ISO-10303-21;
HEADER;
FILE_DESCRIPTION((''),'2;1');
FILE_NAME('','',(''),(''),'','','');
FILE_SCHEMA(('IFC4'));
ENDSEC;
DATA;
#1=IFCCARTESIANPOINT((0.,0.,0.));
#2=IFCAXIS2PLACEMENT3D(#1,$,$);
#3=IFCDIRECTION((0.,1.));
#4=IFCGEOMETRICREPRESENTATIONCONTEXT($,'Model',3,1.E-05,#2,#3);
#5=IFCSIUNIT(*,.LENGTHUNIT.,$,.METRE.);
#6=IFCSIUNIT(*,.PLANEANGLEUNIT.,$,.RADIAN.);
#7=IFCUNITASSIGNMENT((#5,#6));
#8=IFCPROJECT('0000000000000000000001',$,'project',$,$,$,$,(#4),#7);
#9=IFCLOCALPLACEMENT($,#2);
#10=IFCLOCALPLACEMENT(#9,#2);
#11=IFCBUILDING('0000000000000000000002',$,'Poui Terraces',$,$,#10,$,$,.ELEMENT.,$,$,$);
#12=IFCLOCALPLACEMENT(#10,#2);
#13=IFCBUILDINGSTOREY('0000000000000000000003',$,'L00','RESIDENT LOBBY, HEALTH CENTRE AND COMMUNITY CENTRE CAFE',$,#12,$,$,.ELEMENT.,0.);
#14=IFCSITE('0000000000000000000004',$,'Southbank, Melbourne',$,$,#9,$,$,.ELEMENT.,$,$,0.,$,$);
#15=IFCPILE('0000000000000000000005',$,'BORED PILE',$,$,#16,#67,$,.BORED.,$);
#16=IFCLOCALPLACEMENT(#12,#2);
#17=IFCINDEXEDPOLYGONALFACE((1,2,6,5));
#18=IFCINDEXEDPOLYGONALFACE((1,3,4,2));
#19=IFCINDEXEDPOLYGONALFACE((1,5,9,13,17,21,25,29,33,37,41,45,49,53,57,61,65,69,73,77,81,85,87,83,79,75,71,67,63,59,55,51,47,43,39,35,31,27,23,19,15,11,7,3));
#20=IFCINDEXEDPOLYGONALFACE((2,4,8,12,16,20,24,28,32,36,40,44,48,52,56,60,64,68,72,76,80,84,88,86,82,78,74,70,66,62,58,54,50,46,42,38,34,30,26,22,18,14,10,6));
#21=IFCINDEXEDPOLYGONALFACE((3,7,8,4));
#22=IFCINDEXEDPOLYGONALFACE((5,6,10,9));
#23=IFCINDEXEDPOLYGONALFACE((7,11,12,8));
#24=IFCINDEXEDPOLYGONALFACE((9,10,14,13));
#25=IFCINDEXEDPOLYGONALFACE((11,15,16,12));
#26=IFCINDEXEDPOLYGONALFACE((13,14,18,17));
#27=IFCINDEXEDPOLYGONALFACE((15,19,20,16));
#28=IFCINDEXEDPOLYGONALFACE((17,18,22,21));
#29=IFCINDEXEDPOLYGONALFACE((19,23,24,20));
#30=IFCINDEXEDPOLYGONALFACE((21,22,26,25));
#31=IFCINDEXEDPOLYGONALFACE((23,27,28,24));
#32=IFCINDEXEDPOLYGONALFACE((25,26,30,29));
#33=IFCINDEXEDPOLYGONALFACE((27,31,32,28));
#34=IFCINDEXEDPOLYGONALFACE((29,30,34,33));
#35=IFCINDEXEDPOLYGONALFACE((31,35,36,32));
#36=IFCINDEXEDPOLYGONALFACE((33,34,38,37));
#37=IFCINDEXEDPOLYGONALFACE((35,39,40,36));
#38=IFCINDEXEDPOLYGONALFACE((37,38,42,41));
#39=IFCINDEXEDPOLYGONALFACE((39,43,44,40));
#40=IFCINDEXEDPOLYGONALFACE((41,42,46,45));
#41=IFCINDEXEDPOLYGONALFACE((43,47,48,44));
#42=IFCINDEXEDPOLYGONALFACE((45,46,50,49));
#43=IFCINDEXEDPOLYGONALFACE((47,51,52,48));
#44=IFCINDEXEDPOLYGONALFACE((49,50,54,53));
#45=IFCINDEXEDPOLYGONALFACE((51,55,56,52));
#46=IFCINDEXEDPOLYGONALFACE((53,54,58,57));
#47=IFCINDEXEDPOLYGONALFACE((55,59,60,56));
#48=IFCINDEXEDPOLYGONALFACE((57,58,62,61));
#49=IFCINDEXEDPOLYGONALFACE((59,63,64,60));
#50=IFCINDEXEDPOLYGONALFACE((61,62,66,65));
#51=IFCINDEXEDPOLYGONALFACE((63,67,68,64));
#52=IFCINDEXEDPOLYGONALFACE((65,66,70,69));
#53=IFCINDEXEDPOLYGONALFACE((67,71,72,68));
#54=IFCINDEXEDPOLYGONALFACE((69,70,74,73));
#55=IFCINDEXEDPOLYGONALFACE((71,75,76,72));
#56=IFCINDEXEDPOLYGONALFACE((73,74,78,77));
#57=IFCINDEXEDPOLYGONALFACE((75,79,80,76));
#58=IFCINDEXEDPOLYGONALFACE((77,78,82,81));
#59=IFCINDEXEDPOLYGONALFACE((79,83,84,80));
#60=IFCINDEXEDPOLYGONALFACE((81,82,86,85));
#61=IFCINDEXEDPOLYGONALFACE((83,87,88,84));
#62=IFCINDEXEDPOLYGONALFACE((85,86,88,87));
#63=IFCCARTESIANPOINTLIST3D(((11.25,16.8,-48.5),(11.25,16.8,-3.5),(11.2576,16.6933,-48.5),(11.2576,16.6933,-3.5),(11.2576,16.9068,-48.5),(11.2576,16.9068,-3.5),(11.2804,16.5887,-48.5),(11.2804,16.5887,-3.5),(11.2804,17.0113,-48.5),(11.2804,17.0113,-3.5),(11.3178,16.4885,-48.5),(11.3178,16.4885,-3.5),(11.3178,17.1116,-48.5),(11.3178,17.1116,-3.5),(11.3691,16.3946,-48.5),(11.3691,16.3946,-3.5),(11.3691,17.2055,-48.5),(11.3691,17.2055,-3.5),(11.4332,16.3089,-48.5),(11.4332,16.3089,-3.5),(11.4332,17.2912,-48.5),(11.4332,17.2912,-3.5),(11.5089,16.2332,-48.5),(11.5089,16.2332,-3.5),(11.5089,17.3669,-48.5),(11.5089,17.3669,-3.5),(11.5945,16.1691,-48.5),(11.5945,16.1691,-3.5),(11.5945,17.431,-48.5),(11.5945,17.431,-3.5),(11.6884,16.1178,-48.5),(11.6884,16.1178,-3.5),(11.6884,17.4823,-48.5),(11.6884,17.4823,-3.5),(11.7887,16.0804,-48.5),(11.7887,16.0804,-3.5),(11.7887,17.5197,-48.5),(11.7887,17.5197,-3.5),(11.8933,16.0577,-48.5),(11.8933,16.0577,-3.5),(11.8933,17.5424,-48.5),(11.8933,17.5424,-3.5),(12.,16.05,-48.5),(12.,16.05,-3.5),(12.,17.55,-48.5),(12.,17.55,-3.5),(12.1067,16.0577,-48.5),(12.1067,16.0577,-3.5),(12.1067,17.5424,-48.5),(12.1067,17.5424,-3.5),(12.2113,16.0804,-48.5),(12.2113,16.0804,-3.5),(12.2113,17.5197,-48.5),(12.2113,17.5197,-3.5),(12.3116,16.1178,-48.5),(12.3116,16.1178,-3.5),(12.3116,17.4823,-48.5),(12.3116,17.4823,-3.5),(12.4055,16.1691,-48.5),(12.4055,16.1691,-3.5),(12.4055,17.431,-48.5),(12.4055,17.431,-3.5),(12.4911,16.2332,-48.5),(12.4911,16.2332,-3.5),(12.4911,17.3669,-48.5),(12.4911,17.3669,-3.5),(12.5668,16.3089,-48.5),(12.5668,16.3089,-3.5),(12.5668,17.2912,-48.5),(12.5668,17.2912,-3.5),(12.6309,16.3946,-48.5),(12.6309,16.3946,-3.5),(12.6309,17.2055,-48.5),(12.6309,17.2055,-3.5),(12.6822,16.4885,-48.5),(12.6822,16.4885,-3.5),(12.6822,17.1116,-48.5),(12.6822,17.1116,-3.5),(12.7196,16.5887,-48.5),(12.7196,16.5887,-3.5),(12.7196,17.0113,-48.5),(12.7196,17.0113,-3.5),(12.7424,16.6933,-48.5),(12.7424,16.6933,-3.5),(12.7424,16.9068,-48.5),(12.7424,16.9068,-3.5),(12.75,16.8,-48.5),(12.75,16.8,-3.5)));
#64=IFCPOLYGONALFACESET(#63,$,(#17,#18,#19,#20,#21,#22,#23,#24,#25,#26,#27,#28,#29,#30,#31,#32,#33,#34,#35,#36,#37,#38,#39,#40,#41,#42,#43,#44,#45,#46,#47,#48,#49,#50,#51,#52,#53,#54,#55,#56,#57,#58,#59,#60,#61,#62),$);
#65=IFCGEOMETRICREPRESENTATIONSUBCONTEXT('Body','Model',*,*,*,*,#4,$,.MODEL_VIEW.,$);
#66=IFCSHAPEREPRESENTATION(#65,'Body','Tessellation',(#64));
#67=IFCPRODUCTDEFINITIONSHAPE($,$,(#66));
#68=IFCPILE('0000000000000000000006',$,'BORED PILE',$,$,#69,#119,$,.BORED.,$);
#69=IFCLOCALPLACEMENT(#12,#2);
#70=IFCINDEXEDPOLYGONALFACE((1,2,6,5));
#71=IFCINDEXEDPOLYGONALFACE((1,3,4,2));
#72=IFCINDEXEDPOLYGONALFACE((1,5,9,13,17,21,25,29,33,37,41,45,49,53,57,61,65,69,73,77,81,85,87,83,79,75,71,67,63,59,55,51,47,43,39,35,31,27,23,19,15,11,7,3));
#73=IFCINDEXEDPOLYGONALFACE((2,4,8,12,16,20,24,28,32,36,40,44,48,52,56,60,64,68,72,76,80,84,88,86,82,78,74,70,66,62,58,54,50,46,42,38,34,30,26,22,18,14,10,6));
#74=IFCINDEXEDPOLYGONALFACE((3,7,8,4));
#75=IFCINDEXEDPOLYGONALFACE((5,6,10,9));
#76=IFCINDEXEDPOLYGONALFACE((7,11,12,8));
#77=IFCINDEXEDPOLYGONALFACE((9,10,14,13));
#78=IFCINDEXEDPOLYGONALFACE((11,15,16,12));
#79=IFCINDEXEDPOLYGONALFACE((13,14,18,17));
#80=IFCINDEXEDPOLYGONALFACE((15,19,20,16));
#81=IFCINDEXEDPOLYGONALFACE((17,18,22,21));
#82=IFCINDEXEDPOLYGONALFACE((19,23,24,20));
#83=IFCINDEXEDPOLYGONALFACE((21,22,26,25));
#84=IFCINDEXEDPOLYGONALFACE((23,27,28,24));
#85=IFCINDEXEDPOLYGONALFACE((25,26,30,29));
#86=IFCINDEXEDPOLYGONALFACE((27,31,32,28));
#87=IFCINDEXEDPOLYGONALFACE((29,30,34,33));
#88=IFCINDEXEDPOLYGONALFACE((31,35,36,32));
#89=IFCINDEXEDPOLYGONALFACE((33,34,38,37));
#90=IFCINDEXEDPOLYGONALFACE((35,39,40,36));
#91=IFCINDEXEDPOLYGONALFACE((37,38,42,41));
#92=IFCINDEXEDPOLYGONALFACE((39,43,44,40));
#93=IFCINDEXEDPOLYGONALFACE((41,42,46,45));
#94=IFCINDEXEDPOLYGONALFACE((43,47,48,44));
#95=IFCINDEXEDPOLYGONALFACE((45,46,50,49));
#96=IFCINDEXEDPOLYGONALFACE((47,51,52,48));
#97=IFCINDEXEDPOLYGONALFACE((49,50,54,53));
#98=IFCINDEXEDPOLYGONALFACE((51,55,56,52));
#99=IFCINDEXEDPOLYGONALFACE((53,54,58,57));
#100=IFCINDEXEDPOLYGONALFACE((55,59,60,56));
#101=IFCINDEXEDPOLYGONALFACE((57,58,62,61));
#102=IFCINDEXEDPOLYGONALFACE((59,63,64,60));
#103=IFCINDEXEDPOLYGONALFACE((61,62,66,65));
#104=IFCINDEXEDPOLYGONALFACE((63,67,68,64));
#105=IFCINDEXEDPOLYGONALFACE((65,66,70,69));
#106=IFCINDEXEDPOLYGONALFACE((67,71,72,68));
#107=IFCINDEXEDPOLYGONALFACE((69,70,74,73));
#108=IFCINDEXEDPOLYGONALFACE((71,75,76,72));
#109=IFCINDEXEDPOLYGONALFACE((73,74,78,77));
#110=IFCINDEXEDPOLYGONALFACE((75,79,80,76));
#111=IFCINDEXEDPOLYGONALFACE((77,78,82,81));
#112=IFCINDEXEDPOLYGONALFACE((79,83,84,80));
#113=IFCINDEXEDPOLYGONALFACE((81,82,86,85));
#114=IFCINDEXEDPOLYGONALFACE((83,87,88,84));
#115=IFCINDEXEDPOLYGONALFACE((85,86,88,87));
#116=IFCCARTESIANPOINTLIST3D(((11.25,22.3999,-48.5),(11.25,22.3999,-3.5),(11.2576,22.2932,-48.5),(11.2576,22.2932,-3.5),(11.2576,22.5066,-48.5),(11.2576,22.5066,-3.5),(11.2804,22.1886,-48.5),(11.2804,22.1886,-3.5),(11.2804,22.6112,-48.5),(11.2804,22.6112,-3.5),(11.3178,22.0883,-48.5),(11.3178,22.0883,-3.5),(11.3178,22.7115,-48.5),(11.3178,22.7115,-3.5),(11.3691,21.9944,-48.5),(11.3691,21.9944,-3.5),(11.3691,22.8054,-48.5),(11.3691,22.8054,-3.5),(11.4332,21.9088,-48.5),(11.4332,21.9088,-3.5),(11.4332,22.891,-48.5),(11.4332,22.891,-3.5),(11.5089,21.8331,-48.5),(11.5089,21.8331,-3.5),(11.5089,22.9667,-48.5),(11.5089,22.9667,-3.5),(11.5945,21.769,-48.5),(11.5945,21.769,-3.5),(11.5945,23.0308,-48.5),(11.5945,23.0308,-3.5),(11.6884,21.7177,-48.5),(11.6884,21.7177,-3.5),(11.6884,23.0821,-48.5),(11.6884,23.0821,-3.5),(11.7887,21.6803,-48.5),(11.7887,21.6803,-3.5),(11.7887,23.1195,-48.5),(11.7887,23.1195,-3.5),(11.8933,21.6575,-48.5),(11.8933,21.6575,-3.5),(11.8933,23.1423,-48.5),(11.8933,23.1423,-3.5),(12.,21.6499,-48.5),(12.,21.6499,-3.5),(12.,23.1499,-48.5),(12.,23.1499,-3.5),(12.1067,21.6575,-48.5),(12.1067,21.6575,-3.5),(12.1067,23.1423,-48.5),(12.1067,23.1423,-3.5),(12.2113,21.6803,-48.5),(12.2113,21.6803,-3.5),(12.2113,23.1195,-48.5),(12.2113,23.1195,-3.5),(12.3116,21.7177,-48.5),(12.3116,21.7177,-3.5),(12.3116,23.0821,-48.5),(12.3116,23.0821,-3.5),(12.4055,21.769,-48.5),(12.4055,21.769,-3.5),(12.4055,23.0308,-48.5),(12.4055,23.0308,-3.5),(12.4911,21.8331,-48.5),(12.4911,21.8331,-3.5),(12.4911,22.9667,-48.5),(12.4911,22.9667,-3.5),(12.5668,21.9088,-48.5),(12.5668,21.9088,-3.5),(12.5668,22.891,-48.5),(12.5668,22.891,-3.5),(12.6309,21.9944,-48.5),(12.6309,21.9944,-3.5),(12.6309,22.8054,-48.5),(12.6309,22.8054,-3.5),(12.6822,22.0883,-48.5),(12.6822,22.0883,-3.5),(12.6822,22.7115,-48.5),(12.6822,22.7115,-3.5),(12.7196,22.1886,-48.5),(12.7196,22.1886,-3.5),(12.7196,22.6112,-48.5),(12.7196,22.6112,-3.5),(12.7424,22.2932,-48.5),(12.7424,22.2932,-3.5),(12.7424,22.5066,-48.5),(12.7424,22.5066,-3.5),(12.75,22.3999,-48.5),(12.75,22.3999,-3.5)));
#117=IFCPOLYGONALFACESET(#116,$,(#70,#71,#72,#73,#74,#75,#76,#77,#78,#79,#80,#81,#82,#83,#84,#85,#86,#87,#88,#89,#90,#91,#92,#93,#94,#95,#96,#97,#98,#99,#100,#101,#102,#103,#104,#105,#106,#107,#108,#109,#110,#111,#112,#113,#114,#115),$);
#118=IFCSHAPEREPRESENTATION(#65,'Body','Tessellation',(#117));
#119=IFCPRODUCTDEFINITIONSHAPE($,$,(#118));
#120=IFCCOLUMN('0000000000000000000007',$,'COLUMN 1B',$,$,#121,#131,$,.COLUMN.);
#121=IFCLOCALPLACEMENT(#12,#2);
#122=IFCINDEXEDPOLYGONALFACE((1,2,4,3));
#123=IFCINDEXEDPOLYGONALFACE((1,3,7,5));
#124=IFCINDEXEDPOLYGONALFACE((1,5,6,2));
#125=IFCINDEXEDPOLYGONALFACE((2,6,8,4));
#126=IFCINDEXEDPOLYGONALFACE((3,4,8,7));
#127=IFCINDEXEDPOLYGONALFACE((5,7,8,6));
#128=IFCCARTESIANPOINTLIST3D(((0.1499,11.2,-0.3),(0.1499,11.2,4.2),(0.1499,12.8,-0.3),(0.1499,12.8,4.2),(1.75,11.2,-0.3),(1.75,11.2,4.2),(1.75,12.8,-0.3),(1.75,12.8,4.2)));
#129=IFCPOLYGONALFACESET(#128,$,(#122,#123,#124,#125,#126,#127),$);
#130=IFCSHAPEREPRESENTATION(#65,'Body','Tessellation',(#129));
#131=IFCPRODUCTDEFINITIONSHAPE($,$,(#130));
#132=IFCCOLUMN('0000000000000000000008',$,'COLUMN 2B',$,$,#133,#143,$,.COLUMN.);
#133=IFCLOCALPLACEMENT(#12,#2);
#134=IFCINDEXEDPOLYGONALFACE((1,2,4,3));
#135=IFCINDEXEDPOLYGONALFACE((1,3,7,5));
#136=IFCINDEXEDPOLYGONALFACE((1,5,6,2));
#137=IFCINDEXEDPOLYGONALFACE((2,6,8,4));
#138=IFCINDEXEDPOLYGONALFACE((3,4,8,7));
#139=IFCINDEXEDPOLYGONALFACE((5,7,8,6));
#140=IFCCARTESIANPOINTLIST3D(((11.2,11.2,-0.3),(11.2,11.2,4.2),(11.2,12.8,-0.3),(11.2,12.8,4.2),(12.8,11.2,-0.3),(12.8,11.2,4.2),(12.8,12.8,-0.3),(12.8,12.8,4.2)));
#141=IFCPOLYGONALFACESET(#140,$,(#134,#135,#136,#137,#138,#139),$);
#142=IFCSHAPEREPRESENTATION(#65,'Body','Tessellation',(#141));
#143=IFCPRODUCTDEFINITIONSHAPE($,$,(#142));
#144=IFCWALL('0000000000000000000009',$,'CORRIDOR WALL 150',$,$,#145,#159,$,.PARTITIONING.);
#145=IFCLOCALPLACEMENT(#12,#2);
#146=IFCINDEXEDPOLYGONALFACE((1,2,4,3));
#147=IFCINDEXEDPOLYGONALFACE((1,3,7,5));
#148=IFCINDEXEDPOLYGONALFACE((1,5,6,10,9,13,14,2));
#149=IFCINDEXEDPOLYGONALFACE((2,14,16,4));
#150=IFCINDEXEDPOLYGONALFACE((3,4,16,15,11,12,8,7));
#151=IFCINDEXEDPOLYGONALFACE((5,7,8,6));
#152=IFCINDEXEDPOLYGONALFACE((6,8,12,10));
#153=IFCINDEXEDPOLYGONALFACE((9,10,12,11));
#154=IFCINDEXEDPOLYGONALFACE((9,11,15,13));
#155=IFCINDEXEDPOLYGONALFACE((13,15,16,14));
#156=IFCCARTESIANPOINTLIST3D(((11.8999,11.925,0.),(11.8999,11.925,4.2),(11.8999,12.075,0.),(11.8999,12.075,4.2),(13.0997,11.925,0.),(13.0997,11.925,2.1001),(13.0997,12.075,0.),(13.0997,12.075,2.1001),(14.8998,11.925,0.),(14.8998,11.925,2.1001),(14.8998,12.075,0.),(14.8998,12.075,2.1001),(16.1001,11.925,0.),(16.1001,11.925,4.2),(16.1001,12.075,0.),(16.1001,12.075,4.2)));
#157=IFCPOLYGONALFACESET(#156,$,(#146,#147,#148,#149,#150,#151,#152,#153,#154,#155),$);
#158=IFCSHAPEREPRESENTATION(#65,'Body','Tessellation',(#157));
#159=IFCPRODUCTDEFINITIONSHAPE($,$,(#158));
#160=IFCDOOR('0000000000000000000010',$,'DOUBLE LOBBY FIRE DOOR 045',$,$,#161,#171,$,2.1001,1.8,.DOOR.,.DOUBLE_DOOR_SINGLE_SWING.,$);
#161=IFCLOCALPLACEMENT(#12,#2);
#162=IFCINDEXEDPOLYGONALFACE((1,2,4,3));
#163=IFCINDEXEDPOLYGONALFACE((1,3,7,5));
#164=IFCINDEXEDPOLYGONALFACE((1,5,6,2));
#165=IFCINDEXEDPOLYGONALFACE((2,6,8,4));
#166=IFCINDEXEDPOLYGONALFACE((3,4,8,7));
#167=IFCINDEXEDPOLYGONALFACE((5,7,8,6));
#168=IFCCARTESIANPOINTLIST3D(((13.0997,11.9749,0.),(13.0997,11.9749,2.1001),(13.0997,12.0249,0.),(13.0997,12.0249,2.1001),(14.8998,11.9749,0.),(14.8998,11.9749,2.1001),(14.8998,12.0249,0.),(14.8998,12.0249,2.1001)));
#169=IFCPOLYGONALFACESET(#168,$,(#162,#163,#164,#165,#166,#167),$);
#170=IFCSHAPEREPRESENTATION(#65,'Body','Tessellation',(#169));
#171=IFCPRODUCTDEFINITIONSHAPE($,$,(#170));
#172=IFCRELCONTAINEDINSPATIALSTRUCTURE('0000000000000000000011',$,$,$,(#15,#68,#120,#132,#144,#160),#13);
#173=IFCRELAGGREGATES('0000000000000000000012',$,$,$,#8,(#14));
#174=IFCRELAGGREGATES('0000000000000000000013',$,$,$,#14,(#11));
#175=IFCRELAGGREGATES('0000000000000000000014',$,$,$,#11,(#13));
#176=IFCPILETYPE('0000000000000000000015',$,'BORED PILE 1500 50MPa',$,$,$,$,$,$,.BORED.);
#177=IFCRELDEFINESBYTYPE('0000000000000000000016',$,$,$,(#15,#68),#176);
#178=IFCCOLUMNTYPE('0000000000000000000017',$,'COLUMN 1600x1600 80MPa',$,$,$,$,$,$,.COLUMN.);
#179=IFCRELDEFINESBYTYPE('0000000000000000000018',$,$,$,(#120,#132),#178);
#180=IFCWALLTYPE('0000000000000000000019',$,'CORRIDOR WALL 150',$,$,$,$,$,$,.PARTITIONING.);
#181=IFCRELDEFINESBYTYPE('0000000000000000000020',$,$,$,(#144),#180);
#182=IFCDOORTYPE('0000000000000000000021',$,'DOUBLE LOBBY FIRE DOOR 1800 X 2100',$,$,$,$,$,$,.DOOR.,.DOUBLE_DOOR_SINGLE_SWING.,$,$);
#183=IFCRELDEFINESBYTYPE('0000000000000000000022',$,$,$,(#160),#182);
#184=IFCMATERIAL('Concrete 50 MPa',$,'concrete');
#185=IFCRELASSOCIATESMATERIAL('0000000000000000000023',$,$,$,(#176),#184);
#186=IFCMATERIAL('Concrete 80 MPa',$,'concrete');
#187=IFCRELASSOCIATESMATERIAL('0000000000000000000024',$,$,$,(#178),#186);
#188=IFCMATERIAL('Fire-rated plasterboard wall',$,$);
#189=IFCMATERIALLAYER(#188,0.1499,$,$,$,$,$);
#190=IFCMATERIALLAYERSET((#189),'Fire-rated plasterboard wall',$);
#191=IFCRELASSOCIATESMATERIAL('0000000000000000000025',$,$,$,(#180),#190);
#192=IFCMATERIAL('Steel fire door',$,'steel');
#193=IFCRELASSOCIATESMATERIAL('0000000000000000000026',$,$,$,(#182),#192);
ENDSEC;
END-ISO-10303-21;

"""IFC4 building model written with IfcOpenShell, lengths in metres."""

from ifc_helpers import new_model, si_unit, direction, frame, frame_2d, origin, origin_2d, place, context, subcontext, project, spatial, rectangle, circle, extrude, source, transform, mapped, material, layer, layer_set, material_profile, profile_set, type_object, element, fill, save


model = new_model("IFC4")

# Units and contexts
model_context = context("Model", 3, precision=1e-05, world=origin(), true_north=direction((0.0, 1.0)))
body_context = subcontext(model_context, "Body", "Model", "MODEL_VIEW")
ifc_project = project(units=[si_unit("LENGTHUNIT", "METRE"), si_unit("PLANEANGLEUNIT", "RADIAN")], contexts=[model_context])

# Site, building, storey
site_placement = place(None, origin())
site = spatial("IfcSite", under=ifc_project, at=site_placement, Name="Southbank, Melbourne", CompositionType="ELEMENT", RefElevation=0.0)
building_placement = place(site_placement, origin())
building = spatial("IfcBuilding", under=site, at=building_placement, Name="Poui Terraces", CompositionType="ELEMENT")
storey_placement = place(building_placement, origin())
storey = spatial("IfcBuildingStorey", under=building, at=storey_placement, Name="L00", Description="RESIDENT LOBBY, HEALTH CENTRE AND COMMUNITY CENTRE CAFE", CompositionType="ELEMENT", Elevation=0.0)

# Piles
ifc_material_1 = material(Name="Concrete 50 MPa", Category="concrete")
ifc_material_profile_1 = material_profile(ifc_material_1, circle(Radius=0.75, at=origin_2d()), Name="RC D1500")
ifc_profile_set_1 = profile_set([ifc_material_profile_1], Name="Concrete 50 MPa")
pile_type = type_object("IfcPileType", Name="BORED PILE 1500 50MPa", PredefinedType="BORED", material=ifc_profile_set_1)
for number, where, z_axis, x_axis, name in (
    (1, (12.0, 16.8, -3.5), (0.0, 0.0, -1.0), (1.0, 0.0, 0.0), "BORED PILE"),
    (2, (12.0, 22.3999, -3.5), (0.0, 0.0, -1.0), (1.0, 0.0, 0.0), "BORED PILE"),
):
    element("IfcPile", number, at=place(storey_placement, frame(where, z_axis=z_axis, x_axis=x_axis)), inside=storey, type_object=pile_type, Name=name, PredefinedType="BORED", context=body_context, shape_type="SweptSolid", body=[
        extrude(circle(Radius=0.75, at=origin_2d()), origin(), (0.0, 0.0, 1.0), 45.0),
    ])

# Columns
ifc_material_2 = material(Name="Concrete 80 MPa", Category="concrete")
ifc_material_profile_2 = material_profile(ifc_material_2, rectangle(XDim=1.6001, YDim=1.6001, at=origin_2d()), Name="RC 1600x1600")
ifc_profile_set_2 = profile_set([ifc_material_profile_2], Name="Concrete 80 MPa")
column_type = type_object("IfcColumnType", Name="COLUMN 1600x1600 80MPa", PredefinedType="COLUMN", material=ifc_profile_set_2)
shared_shape = source(origin(), body_context, "Body", "SweptSolid", [
    extrude(rectangle(XDim=1.6001, YDim=1.6001, at=origin_2d()), origin(), (0.0, 0.0, 1.0), 4.5),
])
for number, where, z_axis, x_axis, name in (
    (3, (0.95, 12.0, -0.3), (0.0, 0.0, 1.0), (1.0, 0.0, 0.0), "COLUMN 1B"),
    (4, (12.0, 12.0, -0.3), (0.0, 0.0, 1.0), (1.0, 0.0, 0.0), "COLUMN 2B"),
):
    element("IfcColumn", number, at=place(storey_placement, frame(where, z_axis=z_axis, x_axis=x_axis)), inside=storey, type_object=column_type, Name=name, PredefinedType="COLUMN", context=body_context, shape_type="MappedRepresentation", body=[
        mapped(shared_shape, transform((0.0, 0.0, 0.0))),
    ])

# Wall, opening, door
ifc_material_3 = material(Name="Fire-rated plasterboard wall")
ifc_layer_1 = layer(ifc_material_3, 0.1499)
ifc_layer_set_1 = layer_set([ifc_layer_1], Name="Fire-rated plasterboard wall")
wall_type_1 = type_object("IfcWallType", Name="CORRIDOR WALL 150", PredefinedType="PARTITIONING", material=ifc_layer_set_1)
wall_1_placement = place(storey_placement, frame((11.8999, 12.0, 0.0), z_axis=(0.0, 0.0, 1.0), x_axis=(1.0, 0.0, 0.0)))
wall_1 = element("IfcWall", 5, at=wall_1_placement, inside=storey, type_object=wall_type_1, Name="CORRIDOR WALL 150", PredefinedType="PARTITIONING", context=body_context, shape_type="SweptSolid", body=[
    extrude(rectangle(XDim=4.2002, YDim=0.1499, at=frame_2d((2.1001, 0.0))), origin(), (0.0, 0.0, 1.0), 4.2),
])
opening_1_placement = place(wall_1_placement, frame((1.2, 0.0, 0.0)))
opening_1 = element("IfcOpeningElement", 6, at=opening_1_placement, cuts=wall_1, PredefinedType="OPENING", context=body_context, shape_type="SweptSolid", body=[
    extrude(rectangle(XDim=1.8, YDim=2.1001, at=frame_2d((0.8999, 1.05))), frame((0.0, 0.085, 0.0), z_axis=(0.0, -1.0, 0.0), x_axis=(1.0, 0.0, 0.0)), (0.0, 0.0, 1.0), 0.1699),
])
ifc_material_4 = material(Name="Steel fire door", Category="steel")
door_type_1 = type_object("IfcDoorType", Name="DOUBLE LOBBY FIRE DOOR 1800 X 2100", OperationType="DOUBLE_DOOR_SINGLE_SWING", PredefinedType="DOOR", material=ifc_material_4)
door_1_placement = place(opening_1_placement, origin())
door_1 = element("IfcDoor", 7, at=door_1_placement, inside=storey, type_object=door_type_1, Name="DOUBLE LOBBY FIRE DOOR 045", OperationType="DOUBLE_DOOR_SINGLE_SWING", OverallHeight=2.1001, OverallWidth=1.8, PredefinedType="DOOR", context=body_context, shape_type="SweptSolid", body=[
    extrude(rectangle(XDim=1.8, YDim=2.1001, at=frame_2d((0.8999, 1.05))), frame((0.0, 0.0249, 0.0), z_axis=(0.0, -1.0, 0.0), x_axis=(1.0, 0.0, 0.0)), (0.0, 0.0, 1.0), 0.05),
])
fill(opening_1, door_1)

save(model, "model.ifc")
